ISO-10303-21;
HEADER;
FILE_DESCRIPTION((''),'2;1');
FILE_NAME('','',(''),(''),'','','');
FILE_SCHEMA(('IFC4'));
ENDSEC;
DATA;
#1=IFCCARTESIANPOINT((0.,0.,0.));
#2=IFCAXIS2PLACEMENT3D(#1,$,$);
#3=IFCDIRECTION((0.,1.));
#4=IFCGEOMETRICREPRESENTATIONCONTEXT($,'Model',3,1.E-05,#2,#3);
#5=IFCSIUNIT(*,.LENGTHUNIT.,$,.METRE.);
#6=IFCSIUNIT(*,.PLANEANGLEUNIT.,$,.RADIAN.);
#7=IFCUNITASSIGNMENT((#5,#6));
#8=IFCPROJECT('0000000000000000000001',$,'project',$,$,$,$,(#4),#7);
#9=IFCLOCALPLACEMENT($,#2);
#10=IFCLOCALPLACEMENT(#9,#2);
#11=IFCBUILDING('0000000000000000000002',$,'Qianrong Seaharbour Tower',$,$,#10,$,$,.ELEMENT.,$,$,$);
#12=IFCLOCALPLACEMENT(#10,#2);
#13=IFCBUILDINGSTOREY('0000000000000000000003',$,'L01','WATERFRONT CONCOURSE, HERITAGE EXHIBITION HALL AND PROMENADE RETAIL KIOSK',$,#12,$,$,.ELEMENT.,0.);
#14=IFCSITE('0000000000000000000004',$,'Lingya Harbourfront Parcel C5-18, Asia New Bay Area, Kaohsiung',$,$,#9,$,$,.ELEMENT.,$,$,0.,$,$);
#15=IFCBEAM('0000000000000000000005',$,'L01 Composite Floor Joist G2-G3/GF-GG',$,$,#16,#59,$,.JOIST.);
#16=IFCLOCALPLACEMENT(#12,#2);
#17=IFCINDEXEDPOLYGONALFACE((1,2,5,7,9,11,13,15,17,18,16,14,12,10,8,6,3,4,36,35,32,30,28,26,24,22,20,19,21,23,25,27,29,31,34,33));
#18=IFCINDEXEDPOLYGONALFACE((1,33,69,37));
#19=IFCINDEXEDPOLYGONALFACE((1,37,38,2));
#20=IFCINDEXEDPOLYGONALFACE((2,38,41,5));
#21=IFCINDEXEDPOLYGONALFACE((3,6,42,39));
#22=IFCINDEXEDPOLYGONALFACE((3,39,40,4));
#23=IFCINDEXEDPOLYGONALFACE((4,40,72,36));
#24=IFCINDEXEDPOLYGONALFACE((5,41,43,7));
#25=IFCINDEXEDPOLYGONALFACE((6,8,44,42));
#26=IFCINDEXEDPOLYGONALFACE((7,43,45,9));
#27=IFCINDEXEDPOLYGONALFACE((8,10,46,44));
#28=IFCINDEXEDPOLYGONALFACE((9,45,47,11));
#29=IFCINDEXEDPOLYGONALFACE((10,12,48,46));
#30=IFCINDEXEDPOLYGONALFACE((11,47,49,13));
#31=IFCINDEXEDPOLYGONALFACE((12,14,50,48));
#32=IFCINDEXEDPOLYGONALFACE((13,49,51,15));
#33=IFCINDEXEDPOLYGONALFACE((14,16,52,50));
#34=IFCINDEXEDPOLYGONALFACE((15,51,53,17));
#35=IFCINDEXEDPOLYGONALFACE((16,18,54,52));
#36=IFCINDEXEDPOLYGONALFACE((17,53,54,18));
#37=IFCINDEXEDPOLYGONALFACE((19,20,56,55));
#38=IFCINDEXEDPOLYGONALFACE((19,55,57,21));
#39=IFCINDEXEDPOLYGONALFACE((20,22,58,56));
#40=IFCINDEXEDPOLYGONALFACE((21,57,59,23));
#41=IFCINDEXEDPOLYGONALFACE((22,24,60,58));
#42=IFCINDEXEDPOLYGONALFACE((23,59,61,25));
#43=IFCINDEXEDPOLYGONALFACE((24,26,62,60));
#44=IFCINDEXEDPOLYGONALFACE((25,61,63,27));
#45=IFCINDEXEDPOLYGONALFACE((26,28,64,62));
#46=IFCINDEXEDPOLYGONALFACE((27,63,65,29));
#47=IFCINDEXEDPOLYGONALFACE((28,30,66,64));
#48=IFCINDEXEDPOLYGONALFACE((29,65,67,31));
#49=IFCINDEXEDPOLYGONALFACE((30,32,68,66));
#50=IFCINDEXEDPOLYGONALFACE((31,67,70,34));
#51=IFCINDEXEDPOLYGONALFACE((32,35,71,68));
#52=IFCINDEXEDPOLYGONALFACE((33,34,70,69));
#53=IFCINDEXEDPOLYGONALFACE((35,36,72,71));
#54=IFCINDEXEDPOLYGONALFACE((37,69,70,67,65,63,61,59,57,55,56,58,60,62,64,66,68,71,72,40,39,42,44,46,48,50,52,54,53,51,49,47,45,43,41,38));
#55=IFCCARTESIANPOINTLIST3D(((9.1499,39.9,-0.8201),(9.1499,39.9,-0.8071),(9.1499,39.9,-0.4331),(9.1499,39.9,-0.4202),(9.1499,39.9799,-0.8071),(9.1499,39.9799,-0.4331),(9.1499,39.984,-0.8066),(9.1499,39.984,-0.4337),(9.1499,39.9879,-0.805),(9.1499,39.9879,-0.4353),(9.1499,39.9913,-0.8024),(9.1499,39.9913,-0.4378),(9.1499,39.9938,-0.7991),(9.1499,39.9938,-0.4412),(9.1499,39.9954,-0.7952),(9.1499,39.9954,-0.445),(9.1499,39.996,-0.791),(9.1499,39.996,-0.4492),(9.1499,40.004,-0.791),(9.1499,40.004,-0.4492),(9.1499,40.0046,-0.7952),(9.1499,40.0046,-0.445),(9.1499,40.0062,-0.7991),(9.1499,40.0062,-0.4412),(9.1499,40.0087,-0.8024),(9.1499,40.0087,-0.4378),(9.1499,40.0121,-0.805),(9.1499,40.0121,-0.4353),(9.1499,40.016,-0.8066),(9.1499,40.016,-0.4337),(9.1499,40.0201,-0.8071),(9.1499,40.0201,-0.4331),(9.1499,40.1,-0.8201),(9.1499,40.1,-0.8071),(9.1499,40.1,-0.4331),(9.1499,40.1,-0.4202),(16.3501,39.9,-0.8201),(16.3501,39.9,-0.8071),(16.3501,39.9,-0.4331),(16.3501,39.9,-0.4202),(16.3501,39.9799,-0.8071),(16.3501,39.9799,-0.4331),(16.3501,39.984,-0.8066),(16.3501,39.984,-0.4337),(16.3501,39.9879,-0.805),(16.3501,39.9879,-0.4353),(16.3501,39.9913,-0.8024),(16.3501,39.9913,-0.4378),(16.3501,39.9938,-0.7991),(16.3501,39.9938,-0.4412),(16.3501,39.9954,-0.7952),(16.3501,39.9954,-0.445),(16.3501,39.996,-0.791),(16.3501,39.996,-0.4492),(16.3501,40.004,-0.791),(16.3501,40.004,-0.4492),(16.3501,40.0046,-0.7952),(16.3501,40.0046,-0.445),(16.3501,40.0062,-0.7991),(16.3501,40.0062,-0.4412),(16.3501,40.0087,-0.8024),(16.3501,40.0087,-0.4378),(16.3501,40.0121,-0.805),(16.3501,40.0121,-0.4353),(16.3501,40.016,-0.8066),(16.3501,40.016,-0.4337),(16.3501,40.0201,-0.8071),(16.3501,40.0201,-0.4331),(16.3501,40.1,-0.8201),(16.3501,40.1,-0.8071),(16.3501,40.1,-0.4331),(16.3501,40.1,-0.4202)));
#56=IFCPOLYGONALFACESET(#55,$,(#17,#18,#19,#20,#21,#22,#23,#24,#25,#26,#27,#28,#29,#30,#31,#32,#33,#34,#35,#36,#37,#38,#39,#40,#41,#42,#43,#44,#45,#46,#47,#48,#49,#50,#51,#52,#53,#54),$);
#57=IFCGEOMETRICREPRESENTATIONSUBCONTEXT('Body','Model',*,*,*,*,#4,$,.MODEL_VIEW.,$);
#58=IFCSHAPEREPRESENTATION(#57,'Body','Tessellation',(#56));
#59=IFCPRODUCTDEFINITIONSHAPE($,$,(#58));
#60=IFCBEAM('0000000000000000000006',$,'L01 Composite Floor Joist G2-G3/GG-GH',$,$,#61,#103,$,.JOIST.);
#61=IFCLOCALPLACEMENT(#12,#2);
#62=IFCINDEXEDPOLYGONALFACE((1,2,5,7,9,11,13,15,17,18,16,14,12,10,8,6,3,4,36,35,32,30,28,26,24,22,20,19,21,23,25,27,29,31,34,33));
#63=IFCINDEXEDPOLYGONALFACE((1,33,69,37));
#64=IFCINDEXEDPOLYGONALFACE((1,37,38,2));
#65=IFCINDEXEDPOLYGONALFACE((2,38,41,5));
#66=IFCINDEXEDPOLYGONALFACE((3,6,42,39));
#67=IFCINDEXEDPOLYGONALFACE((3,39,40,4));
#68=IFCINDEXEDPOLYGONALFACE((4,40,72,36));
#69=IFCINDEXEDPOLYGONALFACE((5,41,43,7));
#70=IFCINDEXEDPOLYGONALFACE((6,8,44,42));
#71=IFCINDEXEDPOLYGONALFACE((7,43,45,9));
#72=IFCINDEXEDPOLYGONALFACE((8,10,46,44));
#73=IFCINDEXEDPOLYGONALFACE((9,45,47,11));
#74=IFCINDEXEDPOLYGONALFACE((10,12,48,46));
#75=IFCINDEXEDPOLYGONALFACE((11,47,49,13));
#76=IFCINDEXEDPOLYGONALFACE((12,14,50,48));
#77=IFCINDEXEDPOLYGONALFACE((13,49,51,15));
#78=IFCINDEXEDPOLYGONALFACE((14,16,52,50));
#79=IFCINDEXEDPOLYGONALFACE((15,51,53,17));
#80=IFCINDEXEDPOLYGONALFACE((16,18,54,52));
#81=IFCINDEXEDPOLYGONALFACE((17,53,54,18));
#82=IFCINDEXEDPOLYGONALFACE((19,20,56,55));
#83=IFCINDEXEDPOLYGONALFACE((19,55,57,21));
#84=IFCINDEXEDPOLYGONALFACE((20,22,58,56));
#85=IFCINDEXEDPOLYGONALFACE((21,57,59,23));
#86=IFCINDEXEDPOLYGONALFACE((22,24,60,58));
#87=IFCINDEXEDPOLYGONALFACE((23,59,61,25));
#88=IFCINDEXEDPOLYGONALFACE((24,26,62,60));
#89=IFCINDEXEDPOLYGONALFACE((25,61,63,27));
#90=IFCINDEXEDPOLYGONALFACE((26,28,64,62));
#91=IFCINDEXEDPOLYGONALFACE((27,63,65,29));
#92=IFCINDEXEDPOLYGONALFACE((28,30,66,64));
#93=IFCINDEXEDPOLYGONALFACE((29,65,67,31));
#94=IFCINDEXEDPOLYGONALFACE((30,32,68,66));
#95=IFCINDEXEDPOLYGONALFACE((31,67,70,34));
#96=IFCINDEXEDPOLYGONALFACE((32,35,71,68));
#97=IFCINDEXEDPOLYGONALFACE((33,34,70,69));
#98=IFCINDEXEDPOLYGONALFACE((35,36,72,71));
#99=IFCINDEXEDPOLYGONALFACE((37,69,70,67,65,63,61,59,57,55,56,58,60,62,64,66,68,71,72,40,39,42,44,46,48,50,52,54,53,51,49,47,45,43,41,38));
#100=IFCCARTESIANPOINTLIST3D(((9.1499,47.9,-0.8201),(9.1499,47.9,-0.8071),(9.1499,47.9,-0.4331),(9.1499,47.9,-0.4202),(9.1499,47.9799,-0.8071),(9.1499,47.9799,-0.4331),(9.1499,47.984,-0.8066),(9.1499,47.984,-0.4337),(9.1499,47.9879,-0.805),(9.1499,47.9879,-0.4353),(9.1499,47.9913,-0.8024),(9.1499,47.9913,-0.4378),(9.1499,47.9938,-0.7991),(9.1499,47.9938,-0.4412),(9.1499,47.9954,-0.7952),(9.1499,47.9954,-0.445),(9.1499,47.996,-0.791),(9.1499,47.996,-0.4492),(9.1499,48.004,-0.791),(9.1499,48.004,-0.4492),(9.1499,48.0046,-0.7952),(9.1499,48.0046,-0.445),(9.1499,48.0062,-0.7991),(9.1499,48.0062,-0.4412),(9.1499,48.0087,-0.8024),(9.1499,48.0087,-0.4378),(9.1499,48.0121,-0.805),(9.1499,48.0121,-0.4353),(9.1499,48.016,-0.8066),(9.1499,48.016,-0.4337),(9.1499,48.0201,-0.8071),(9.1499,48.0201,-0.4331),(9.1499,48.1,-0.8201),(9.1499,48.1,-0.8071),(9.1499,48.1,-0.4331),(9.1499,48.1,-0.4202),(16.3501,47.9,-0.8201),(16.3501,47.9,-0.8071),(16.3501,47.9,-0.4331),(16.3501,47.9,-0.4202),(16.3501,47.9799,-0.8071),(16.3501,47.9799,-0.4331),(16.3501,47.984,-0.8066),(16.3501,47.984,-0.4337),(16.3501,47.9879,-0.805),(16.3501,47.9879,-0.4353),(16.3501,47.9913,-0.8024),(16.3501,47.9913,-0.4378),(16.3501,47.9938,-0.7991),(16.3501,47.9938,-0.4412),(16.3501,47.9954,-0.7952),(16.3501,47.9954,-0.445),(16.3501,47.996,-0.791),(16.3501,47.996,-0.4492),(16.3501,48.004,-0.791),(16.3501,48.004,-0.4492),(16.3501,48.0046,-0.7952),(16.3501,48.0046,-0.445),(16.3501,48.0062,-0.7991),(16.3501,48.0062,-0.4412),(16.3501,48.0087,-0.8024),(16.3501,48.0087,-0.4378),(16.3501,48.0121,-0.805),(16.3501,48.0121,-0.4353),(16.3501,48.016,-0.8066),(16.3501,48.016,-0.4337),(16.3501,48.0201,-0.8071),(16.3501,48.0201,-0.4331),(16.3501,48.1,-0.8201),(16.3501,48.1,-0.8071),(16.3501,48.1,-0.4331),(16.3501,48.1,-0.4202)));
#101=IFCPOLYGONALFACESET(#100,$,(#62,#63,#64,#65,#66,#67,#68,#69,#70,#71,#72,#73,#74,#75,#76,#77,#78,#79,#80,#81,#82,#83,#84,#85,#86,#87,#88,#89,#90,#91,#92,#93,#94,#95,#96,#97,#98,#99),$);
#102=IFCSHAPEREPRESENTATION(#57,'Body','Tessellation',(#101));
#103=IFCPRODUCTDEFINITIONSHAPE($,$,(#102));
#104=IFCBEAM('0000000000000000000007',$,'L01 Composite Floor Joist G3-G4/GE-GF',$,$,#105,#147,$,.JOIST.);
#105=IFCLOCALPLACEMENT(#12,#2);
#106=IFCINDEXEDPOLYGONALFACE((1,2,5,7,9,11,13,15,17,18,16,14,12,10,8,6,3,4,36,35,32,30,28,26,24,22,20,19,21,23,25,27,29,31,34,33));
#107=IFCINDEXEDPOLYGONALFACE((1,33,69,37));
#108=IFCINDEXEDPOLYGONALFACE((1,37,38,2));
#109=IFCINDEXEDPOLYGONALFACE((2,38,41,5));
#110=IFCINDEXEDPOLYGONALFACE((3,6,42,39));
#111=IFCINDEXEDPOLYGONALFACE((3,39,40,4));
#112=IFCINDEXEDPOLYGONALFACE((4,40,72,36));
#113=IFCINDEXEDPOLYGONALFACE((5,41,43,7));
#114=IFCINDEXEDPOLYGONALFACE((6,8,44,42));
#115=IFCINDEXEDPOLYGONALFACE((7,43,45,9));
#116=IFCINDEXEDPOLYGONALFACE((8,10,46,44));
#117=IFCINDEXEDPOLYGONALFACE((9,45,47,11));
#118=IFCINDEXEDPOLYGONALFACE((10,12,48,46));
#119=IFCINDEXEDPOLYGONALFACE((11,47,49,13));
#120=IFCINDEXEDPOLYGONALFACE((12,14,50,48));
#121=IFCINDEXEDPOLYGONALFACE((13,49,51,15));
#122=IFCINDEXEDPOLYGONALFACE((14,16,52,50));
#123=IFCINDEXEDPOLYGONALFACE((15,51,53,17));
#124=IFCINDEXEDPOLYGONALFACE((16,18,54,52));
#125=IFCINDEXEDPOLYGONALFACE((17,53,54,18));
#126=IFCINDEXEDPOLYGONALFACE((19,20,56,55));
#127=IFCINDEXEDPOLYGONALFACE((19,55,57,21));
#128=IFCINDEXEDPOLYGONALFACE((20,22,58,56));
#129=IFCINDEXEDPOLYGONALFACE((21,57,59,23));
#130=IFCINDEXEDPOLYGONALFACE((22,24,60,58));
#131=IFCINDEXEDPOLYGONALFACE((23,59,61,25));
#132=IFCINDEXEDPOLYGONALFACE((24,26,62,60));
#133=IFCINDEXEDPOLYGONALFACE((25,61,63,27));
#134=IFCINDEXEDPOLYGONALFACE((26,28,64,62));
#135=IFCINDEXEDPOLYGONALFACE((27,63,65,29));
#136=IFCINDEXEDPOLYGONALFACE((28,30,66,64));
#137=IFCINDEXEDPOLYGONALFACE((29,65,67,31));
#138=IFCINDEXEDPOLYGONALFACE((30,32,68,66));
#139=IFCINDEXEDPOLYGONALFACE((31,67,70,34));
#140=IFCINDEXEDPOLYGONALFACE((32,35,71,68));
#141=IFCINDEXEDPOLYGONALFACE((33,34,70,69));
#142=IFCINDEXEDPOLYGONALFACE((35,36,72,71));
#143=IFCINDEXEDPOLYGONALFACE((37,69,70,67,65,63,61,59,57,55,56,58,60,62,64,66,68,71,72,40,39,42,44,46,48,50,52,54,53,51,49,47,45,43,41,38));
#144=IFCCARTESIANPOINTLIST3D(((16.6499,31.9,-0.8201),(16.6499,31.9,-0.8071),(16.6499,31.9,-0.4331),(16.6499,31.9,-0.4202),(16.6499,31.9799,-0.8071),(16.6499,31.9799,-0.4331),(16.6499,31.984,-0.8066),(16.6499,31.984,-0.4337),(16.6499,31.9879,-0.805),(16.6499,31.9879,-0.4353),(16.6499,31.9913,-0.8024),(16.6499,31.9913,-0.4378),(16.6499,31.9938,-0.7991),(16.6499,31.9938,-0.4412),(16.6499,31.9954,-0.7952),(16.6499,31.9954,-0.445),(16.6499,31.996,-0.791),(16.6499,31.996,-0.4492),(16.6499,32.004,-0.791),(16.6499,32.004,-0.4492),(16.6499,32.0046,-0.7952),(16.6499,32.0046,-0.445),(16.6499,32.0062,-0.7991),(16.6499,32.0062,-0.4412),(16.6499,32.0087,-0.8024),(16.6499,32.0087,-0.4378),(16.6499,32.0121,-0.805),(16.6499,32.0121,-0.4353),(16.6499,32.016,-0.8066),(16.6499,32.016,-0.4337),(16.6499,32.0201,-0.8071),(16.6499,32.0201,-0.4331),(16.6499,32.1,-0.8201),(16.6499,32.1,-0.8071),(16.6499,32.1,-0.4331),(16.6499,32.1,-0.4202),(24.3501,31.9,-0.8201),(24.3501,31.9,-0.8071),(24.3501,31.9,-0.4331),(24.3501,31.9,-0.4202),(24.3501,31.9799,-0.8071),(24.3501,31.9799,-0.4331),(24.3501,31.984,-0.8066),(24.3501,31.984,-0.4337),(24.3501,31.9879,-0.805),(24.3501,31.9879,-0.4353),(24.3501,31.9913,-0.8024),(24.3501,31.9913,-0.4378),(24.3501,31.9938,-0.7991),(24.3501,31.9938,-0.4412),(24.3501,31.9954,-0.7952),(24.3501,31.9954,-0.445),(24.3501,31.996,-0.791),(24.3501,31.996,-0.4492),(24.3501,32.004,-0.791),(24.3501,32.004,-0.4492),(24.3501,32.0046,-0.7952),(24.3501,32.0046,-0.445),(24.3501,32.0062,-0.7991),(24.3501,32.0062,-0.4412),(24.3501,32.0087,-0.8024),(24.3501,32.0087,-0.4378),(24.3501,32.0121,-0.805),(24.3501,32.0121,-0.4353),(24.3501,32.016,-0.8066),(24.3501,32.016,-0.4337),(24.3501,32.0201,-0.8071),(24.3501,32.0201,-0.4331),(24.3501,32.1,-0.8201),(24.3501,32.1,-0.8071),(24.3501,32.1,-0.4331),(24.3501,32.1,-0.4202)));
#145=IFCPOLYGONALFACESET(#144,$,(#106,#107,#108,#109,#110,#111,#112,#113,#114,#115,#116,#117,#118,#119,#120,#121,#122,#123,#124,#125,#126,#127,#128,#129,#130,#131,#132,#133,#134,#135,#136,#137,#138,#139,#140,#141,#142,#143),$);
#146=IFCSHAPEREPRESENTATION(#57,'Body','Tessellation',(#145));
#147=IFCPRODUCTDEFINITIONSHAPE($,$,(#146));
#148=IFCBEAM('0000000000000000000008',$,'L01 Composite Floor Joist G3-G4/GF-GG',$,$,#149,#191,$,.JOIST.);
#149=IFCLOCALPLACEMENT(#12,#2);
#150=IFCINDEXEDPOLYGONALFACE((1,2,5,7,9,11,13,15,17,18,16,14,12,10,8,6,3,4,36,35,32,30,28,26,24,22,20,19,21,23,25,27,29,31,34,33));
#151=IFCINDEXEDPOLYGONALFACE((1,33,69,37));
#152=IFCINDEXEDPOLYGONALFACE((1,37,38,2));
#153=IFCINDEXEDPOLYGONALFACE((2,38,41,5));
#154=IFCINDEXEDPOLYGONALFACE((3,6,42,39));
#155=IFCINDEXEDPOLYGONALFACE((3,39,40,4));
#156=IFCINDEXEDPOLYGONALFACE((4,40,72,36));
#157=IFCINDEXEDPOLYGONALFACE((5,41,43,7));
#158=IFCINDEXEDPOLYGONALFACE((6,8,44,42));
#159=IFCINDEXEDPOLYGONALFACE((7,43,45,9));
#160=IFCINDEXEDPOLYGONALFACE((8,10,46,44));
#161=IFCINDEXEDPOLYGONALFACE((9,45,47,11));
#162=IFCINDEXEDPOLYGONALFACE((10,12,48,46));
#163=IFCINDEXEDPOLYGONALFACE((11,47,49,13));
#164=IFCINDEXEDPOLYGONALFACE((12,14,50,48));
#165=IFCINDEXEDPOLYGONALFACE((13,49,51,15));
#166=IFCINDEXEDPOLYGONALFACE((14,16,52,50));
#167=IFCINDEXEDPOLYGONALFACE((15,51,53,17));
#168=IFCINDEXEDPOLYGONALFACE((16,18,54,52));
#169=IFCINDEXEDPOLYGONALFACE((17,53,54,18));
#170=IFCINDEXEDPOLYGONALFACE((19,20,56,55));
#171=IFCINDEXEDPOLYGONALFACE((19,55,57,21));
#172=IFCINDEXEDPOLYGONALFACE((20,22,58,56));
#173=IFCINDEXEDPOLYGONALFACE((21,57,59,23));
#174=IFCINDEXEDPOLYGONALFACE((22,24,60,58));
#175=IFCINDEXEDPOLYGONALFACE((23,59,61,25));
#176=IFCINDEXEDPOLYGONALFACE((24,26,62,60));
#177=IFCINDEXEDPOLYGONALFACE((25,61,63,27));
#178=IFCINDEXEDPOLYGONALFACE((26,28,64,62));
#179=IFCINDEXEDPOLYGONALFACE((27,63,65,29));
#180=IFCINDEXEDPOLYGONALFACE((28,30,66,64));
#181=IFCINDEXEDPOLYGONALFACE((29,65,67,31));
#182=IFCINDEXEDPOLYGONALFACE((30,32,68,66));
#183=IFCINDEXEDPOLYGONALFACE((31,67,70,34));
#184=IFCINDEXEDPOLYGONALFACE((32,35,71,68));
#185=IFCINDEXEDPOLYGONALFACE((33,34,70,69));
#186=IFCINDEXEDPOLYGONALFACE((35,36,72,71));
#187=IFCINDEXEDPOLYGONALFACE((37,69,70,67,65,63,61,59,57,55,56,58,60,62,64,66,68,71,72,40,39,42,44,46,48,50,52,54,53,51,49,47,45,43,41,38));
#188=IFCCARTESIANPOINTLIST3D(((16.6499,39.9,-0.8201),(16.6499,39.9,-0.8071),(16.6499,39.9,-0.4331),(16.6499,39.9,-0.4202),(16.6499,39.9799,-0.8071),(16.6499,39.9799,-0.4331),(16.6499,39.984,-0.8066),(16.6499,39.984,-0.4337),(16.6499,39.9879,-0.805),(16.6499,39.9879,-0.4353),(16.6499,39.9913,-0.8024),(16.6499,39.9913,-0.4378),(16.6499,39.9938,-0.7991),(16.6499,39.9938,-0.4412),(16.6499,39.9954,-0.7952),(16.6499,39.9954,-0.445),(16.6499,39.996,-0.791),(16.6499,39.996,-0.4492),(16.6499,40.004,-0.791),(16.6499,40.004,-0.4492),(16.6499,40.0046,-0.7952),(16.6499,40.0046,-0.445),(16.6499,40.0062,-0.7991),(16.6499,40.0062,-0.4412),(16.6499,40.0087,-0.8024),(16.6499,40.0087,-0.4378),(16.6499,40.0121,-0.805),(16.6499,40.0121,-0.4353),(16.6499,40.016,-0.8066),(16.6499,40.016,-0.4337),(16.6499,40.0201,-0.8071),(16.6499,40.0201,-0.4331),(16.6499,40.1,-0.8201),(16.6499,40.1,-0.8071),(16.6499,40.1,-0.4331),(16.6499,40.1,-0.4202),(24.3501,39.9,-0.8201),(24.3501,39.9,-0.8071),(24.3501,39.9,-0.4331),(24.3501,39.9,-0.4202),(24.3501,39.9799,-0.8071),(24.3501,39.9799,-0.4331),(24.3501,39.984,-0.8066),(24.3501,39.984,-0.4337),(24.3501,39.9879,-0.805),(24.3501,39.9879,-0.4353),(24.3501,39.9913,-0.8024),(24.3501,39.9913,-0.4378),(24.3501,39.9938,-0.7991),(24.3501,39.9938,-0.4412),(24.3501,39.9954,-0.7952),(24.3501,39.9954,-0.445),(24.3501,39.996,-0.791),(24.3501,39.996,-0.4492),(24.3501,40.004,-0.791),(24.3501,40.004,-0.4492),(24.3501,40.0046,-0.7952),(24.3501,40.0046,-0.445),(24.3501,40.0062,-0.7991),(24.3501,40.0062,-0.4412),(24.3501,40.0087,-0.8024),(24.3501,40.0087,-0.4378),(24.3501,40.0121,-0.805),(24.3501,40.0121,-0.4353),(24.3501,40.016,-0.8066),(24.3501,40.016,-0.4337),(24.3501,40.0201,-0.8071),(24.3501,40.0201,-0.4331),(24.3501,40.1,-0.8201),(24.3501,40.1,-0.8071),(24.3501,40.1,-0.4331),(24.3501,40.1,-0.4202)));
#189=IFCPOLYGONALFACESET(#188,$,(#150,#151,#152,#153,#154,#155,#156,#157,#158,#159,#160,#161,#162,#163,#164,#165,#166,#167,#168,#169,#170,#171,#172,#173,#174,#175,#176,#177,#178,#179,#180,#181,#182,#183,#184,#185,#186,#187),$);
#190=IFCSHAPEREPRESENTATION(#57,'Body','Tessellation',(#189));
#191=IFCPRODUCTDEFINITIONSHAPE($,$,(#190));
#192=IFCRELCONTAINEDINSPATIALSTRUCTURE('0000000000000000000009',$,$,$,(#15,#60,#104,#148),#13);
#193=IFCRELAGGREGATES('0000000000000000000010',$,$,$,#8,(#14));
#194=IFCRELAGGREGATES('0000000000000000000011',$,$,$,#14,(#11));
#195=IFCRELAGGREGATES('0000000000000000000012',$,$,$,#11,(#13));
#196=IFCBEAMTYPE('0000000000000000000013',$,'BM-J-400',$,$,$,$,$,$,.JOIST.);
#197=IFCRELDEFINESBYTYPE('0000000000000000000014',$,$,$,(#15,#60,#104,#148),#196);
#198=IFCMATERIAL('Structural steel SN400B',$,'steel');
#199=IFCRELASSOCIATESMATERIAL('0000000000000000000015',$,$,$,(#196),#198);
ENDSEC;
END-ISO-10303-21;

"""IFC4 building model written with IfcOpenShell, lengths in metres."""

from ifc_helpers import new_model, si_unit, direction, frame, origin, origin_2d, place, context, subcontext, project, spatial, i_section, extrude, material, material_profile, profile_set, type_object, element, save


model = new_model("IFC4")

# Units and contexts
model_context = context("Model", 3, precision=1e-05, world=origin(), true_north=direction((0.0, 1.0)))
body_context = subcontext(model_context, "Body", "Model", "MODEL_VIEW")
ifc_project = project(units=[si_unit("LENGTHUNIT", "METRE"), si_unit("PLANEANGLEUNIT", "RADIAN")], contexts=[model_context])

# Site, building, storey
site_placement = place(None, origin())
site = spatial("IfcSite", under=ifc_project, at=site_placement, Name="Lingya Harbourfront Parcel C5-18, Asia New Bay Area, Kaohsiung", CompositionType="ELEMENT", RefElevation=0.0)
building_placement = place(site_placement, origin())
building = spatial("IfcBuilding", under=site, at=building_placement, Name="Qianrong Seaharbour Tower", CompositionType="ELEMENT")
storey_placement = place(building_placement, origin())
storey = spatial("IfcBuildingStorey", under=building, at=storey_placement, Name="L01", Description="WATERFRONT CONCOURSE, HERITAGE EXHIBITION HALL AND PROMENADE RETAIL KIOSK", CompositionType="ELEMENT", Elevation=0.0)

# Beams
ifc_material_1 = material(Name="Structural steel SN400B", Category="steel")
ifc_material_profile_1 = material_profile(ifc_material_1, i_section(OverallWidth=0.2, OverallDepth=0.3999, WebThickness=0.0081, FlangeThickness=0.0129, FilletRadius=0.0161, at=origin_2d()), Name="H400x200x8x13")
ifc_profile_set_1 = profile_set([ifc_material_profile_1], Name="Structural steel SN400B")
beam_type_1 = type_object("IfcBeamType", Name="BM-J-400", PredefinedType="JOIST", material=ifc_profile_set_1)
for number, where, z_axis, x_axis, name in (
    (1, (9.1499, 40.0, -0.6201), (1.0, 0.0, 0.0), (0.0, 1.0, 0.0), "L01 Composite Floor Joist G2-G3/GF-GG"),
    (2, (9.1499, 48.0, -0.6201), (1.0, 0.0, 0.0), (0.0, 1.0, 0.0), "L01 Composite Floor Joist G2-G3/GG-GH"),
):
    element("IfcBeam", number, at=place(storey_placement, frame(where, z_axis=z_axis, x_axis=x_axis)), inside=storey, type_object=beam_type_1, Name=name, PredefinedType="JOIST", context=body_context, shape_type="SweptSolid", body=[
        extrude(i_section(OverallWidth=0.2, OverallDepth=0.3999, WebThickness=0.0081, FlangeThickness=0.0129, FilletRadius=0.0161, at=origin_2d()), origin(), (0.0, 0.0, 1.0), 7.2002),
    ])
for number, where, z_axis, x_axis, name in (
    (3, (16.6499, 32.0, -0.6201), (1.0, 0.0, 0.0), (0.0, 1.0, 0.0), "L01 Composite Floor Joist G3-G4/GE-GF"),
    (4, (16.6499, 40.0, -0.6201), (1.0, 0.0, 0.0), (0.0, 1.0, 0.0), "L01 Composite Floor Joist G3-G4/GF-GG"),
):
    element("IfcBeam", number, at=place(storey_placement, frame(where, z_axis=z_axis, x_axis=x_axis)), inside=storey, type_object=beam_type_1, Name=name, PredefinedType="JOIST", context=body_context, shape_type="SweptSolid", body=[
        extrude(i_section(OverallWidth=0.2, OverallDepth=0.3999, WebThickness=0.0081, FlangeThickness=0.0129, FilletRadius=0.0161, at=origin_2d()), origin(), (0.0, 0.0, 1.0), 7.7002),
    ])

save(model, "model.ifc")
